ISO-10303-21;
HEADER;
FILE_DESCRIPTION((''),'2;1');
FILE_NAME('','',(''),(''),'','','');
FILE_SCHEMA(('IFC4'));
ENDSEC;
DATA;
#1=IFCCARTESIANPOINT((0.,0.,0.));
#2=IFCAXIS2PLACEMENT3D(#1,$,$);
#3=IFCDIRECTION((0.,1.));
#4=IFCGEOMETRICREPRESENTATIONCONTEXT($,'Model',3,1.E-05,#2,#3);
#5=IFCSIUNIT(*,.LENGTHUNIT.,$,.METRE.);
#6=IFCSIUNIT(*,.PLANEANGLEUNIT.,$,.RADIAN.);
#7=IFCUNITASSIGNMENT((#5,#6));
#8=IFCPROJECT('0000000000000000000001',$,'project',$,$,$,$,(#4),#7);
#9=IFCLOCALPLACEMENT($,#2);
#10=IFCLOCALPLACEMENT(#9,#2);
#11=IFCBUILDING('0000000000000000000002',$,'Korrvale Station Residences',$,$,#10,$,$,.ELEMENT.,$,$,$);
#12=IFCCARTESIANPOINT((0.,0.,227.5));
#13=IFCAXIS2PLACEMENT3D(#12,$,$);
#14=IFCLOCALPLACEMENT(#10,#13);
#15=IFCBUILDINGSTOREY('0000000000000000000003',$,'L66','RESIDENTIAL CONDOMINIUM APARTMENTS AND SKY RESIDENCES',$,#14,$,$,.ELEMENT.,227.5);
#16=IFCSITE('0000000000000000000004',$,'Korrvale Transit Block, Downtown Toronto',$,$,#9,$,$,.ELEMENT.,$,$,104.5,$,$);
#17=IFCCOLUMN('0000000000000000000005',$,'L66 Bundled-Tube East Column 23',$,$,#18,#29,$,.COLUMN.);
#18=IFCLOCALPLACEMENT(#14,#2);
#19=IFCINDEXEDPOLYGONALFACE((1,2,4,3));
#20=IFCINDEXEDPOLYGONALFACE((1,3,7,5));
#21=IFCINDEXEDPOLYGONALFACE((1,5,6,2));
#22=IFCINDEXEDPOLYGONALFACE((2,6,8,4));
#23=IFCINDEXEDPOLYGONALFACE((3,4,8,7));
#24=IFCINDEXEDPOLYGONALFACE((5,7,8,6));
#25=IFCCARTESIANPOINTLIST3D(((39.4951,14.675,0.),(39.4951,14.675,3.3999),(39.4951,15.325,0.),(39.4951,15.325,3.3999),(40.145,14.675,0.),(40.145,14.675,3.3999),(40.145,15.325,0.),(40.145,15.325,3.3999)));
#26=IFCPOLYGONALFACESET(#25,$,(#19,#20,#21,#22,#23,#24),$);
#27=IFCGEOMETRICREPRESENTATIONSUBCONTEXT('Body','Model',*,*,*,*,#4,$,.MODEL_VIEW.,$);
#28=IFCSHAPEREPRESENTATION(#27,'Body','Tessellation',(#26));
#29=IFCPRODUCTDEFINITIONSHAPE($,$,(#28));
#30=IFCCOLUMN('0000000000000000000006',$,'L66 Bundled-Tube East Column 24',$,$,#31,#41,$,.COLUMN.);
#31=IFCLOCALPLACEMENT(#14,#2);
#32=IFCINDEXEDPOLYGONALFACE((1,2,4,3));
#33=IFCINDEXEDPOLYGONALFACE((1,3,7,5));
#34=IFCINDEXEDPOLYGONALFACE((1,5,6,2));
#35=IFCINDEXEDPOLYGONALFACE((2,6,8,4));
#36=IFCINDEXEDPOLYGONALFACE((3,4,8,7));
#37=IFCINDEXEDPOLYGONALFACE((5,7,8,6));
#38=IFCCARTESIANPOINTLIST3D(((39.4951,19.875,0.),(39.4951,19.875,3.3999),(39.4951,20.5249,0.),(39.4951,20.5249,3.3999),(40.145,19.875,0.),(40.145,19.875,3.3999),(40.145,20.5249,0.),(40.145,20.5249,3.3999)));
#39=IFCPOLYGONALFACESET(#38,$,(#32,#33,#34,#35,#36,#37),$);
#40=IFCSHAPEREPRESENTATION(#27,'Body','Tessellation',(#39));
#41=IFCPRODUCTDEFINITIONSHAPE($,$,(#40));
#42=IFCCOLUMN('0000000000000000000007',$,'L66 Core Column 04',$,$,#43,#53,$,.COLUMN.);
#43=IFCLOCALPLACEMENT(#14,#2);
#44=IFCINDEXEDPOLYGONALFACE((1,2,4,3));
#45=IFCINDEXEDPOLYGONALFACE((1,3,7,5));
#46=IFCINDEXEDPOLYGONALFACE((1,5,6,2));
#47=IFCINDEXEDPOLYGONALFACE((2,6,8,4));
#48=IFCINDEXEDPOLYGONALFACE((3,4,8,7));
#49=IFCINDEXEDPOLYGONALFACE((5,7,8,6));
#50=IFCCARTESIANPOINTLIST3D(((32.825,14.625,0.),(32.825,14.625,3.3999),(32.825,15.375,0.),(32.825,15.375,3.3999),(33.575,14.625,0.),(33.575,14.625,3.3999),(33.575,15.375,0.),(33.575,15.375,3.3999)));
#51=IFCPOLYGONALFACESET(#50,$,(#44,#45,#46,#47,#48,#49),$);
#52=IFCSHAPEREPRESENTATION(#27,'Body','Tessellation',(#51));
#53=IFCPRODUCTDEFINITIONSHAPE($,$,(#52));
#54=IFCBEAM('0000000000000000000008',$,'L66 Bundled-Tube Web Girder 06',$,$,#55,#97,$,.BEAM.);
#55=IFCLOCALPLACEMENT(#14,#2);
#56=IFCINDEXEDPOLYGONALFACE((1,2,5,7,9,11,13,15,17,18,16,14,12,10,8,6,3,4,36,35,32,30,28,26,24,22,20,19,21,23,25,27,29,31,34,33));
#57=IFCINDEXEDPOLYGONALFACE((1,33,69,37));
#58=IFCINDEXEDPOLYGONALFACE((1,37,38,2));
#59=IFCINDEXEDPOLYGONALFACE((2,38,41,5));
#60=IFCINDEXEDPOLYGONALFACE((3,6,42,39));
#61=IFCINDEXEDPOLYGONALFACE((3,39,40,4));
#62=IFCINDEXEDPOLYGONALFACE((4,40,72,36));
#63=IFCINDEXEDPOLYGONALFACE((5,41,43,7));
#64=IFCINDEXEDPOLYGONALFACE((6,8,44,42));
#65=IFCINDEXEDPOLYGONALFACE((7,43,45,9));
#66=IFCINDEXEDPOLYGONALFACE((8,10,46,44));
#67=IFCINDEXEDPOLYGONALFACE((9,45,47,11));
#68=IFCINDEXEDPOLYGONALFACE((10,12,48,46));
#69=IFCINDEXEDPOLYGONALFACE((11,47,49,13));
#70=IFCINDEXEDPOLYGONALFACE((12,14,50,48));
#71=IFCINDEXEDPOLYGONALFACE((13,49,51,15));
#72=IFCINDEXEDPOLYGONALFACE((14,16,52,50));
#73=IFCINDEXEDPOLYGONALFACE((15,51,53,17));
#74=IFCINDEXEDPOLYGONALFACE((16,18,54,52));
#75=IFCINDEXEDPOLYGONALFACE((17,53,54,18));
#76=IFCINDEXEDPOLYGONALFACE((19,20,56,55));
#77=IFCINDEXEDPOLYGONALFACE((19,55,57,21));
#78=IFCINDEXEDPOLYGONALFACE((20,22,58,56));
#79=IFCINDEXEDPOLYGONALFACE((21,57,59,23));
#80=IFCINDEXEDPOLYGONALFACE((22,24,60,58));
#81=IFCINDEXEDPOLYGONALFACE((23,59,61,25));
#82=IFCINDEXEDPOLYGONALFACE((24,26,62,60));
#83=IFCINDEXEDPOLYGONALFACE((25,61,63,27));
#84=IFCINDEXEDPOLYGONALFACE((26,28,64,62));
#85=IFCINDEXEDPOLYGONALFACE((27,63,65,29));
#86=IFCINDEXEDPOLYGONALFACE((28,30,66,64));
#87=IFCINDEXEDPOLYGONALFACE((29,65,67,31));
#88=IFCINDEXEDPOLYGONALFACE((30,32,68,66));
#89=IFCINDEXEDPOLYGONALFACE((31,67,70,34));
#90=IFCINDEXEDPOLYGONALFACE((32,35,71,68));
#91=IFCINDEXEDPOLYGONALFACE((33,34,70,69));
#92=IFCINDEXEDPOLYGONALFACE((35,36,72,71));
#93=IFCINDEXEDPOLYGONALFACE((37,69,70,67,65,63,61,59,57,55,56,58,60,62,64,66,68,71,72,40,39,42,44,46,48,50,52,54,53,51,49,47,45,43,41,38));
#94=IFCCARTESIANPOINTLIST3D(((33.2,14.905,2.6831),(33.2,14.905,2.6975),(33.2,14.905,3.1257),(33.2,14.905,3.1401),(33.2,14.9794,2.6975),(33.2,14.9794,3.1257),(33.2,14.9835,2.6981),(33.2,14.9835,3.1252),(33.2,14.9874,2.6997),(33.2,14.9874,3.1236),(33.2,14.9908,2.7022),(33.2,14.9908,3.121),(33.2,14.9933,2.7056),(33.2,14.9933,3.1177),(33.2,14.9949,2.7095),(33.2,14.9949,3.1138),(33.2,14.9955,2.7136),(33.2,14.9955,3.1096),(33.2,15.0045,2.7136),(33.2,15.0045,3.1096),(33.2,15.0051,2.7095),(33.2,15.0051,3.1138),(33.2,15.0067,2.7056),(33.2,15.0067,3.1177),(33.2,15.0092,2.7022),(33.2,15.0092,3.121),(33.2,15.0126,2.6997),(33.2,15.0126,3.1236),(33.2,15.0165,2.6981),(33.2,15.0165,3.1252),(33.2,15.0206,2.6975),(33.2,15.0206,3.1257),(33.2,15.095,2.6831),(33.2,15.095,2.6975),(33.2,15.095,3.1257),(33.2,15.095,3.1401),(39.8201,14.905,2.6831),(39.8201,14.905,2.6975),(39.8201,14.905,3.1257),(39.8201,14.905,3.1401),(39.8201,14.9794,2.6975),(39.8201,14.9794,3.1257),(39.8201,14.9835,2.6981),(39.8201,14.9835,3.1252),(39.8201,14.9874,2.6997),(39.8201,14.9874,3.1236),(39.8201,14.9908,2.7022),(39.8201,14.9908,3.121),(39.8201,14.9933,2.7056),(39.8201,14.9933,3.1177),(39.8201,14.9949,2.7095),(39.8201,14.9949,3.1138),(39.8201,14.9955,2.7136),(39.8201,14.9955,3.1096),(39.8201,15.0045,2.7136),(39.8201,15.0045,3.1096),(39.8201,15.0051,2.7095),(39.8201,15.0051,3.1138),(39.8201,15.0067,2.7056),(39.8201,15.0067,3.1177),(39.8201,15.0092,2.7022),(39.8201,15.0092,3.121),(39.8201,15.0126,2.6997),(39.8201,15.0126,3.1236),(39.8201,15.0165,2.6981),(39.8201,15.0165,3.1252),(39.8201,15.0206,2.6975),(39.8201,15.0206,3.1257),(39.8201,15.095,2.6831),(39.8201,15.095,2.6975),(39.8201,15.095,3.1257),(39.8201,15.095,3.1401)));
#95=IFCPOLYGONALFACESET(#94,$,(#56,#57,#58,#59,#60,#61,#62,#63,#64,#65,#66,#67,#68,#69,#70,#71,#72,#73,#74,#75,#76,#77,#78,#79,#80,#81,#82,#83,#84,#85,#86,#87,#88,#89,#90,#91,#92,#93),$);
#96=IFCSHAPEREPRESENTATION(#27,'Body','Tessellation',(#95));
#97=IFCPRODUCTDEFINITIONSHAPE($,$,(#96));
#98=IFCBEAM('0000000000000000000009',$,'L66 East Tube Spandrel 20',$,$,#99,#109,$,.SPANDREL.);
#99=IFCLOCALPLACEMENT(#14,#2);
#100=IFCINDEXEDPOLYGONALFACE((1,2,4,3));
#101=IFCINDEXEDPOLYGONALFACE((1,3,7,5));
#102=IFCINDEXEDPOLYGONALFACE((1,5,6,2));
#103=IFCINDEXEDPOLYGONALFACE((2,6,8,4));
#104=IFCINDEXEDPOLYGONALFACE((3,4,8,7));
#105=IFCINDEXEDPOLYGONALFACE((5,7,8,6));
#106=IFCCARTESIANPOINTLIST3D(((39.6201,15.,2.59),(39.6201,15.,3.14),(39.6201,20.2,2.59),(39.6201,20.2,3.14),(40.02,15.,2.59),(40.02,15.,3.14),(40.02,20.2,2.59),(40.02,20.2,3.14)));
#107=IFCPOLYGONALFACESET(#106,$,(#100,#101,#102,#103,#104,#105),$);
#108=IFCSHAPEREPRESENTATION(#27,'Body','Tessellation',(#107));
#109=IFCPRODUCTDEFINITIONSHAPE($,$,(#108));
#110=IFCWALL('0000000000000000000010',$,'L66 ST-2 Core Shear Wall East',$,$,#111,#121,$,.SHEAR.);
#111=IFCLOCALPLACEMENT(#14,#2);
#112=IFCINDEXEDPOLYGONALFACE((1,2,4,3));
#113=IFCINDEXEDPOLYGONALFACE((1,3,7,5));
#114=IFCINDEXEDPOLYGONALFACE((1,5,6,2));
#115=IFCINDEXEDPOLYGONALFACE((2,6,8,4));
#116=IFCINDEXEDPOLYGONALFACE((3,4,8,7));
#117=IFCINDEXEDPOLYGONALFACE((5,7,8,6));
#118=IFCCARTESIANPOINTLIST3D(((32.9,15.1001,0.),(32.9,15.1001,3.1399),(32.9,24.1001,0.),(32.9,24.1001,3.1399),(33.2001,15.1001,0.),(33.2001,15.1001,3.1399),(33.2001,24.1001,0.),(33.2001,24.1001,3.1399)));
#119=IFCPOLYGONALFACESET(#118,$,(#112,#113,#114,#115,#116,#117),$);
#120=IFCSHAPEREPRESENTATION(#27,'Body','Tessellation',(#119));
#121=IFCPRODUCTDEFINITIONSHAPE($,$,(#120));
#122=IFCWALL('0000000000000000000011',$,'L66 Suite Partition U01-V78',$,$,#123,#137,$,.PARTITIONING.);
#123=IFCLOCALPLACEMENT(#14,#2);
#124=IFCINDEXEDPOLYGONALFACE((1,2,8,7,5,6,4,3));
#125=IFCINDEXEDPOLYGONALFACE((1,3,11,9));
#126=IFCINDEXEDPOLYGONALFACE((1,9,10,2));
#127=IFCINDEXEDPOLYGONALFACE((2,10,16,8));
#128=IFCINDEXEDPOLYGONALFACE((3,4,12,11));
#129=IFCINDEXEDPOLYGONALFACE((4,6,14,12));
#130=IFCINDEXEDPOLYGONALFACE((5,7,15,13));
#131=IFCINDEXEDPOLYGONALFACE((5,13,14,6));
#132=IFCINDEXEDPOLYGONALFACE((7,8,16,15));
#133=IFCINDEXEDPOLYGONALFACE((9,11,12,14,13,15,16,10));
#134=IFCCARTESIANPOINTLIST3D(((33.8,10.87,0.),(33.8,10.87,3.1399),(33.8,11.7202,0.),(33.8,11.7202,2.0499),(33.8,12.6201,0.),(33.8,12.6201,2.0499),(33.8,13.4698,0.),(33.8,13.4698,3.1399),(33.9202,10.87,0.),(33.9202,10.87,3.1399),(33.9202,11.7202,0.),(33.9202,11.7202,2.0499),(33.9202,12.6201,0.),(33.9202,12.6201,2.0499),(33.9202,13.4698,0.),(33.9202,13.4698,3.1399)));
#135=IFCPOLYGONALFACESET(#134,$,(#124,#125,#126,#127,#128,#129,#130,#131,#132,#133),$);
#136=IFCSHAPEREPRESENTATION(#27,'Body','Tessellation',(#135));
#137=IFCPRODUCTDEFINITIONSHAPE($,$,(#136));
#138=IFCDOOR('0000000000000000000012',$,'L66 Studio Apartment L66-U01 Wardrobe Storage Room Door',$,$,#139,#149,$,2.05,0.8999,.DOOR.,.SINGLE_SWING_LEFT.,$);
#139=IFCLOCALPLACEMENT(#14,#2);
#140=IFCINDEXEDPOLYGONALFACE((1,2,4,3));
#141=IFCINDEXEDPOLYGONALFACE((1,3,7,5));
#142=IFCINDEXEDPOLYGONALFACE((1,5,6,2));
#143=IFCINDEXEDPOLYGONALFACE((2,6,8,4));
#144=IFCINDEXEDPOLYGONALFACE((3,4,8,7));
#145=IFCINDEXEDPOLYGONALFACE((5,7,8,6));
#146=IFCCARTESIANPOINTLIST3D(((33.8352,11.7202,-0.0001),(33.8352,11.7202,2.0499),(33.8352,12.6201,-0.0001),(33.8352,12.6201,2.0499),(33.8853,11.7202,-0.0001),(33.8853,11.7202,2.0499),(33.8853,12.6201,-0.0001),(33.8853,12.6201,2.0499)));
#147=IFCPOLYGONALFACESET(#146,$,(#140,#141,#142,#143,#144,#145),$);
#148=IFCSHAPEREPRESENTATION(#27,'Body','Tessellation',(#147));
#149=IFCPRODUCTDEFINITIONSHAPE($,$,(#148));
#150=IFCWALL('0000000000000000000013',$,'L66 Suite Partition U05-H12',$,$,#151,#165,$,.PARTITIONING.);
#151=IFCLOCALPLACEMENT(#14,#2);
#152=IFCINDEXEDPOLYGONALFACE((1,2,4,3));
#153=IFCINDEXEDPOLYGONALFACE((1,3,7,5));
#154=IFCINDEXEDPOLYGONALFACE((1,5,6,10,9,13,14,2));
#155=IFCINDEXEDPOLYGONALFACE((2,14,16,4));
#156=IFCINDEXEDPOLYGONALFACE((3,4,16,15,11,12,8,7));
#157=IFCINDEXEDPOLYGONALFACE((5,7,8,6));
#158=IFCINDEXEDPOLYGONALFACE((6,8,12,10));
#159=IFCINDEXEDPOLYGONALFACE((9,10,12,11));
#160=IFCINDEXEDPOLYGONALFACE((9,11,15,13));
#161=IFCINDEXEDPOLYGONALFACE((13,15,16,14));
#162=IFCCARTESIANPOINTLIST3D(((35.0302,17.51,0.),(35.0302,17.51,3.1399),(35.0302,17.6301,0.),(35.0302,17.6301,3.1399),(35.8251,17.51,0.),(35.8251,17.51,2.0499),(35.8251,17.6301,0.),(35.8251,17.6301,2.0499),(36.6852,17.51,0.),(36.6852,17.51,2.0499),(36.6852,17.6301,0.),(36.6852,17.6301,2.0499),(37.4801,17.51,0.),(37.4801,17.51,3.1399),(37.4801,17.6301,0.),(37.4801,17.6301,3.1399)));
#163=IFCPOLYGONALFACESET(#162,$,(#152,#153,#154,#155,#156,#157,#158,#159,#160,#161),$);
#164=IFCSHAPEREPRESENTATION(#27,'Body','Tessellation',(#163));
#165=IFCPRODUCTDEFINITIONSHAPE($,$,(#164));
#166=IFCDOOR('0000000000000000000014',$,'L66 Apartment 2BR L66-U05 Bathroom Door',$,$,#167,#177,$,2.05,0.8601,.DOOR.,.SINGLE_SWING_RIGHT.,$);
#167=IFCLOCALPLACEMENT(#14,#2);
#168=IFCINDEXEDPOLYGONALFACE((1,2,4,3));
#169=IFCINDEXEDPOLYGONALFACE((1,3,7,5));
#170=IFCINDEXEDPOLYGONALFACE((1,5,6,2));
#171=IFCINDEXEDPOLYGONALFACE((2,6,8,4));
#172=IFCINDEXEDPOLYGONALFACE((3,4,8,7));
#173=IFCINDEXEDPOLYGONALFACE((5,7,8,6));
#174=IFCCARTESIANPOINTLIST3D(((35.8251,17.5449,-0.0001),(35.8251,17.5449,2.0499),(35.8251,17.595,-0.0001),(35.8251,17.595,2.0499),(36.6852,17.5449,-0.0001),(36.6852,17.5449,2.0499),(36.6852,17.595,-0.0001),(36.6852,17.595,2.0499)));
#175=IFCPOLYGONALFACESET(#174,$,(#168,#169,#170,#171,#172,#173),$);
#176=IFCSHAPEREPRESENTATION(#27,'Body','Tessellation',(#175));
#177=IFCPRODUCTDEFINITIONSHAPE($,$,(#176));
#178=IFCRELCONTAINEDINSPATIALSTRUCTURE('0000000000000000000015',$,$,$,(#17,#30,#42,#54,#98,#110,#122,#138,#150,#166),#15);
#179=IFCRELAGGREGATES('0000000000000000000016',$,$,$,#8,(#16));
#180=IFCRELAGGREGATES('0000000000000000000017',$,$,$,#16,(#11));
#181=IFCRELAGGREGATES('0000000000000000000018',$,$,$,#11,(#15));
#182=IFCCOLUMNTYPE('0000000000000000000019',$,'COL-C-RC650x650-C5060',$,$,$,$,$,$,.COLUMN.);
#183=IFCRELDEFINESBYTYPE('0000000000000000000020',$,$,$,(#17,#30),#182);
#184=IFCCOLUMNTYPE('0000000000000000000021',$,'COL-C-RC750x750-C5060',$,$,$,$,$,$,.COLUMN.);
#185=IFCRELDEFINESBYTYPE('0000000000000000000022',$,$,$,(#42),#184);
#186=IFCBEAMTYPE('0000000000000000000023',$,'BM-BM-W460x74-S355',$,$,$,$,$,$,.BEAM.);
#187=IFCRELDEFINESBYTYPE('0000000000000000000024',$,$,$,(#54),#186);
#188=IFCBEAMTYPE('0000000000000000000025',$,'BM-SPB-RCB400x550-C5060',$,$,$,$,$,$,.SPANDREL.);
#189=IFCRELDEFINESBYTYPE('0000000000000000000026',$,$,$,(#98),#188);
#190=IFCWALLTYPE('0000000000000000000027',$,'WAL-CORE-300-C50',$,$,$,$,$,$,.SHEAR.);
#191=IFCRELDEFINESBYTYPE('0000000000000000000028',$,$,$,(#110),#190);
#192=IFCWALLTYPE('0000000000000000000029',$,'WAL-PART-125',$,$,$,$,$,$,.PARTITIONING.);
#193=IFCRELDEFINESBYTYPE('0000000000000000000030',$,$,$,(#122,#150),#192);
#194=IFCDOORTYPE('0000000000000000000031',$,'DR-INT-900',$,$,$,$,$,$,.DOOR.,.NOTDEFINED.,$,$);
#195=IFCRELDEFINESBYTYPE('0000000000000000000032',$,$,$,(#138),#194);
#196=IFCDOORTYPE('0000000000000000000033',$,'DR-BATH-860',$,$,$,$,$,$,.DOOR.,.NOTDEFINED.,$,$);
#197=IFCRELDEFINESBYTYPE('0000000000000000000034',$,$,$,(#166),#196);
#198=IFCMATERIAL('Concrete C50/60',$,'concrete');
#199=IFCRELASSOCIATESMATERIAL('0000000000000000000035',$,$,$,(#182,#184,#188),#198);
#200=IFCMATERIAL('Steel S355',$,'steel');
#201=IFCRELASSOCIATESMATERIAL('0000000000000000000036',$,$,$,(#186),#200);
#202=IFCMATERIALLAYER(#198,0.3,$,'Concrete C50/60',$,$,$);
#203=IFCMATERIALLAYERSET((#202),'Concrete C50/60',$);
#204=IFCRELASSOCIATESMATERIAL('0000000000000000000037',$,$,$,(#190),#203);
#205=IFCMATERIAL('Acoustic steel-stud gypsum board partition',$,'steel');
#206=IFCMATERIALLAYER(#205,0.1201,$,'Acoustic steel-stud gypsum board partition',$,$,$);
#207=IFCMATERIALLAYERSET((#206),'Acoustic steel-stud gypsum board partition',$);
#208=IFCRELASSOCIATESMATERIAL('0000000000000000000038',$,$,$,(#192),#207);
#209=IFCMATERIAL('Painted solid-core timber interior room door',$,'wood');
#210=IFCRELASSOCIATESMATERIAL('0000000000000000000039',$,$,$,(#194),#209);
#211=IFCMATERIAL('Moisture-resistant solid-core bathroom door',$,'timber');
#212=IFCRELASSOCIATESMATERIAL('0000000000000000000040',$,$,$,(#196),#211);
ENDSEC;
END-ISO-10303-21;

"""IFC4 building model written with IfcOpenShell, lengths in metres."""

from ifc_helpers import new_model, si_unit, direction, frame, frame_2d, origin, origin_2d, place, context, subcontext, project, spatial, rectangle, i_section, extrude, material, layer, layer_set, material_profile, profile_set, type_object, element, fill, save


model = new_model("IFC4")

# Units and contexts
model_context = context("Model", 3, precision=1e-05, world=origin(), true_north=direction((0.0, 1.0)))
body_context = subcontext(model_context, "Body", "Model", "MODEL_VIEW")
ifc_project = project(units=[si_unit("LENGTHUNIT", "METRE"), si_unit("PLANEANGLEUNIT", "RADIAN")], contexts=[model_context])

# Site, building, storey
site_placement = place(None, origin())
site = spatial("IfcSite", under=ifc_project, at=site_placement, Name="Korrvale Transit Block, Downtown Toronto", CompositionType="ELEMENT", RefElevation=104.5)
building_placement = place(site_placement, origin())
building = spatial("IfcBuilding", under=site, at=building_placement, Name="Korrvale Station Residences", CompositionType="ELEMENT")
storey_placement = place(building_placement, frame((0.0, 0.0, 227.5)))
storey = spatial("IfcBuildingStorey", under=building, at=storey_placement, Name="L66", Description="RESIDENTIAL CONDOMINIUM APARTMENTS AND SKY RESIDENCES", CompositionType="ELEMENT", Elevation=227.5)

# Columns
ifc_material_1 = material(Name="Concrete C50/60", Category="concrete")
ifc_material_profile_1 = material_profile(ifc_material_1, rectangle(XDim=0.6499, YDim=0.6499, at=origin_2d()), Name="RC650x650")
ifc_profile_set_1 = profile_set([ifc_material_profile_1], Name="Concrete C50/60")
column_type_1 = type_object("IfcColumnType", Name="COL-C-RC650x650-C5060", PredefinedType="COLUMN", material=ifc_profile_set_1)
for number, where, z_axis, x_axis, name in (
    (1, (39.8201, 15.0, 0.0), (0.0, 0.0, 1.0), (1.0, 0.0, 0.0), "L66 Bundled-Tube East Column 23"),
    (2, (39.8201, 20.2, 0.0), (0.0, 0.0, 1.0), (1.0, 0.0, 0.0), "L66 Bundled-Tube East Column 24"),
):
    element("IfcColumn", number, at=place(storey_placement, frame(where, z_axis=z_axis, x_axis=x_axis)), inside=storey, type_object=column_type_1, Name=name, PredefinedType="COLUMN", context=body_context, shape_type="SweptSolid", body=[
        extrude(rectangle(XDim=0.6499, YDim=0.6499, at=origin_2d()), origin(), (0.0, 0.0, 1.0), 3.3999),
    ])
ifc_material_profile_2 = material_profile(ifc_material_1, rectangle(XDim=0.75, YDim=0.75, at=origin_2d()), Name="RC750x750")
ifc_profile_set_2 = profile_set([ifc_material_profile_2], Name="Concrete C50/60")
column_type_2 = type_object("IfcColumnType", Name="COL-C-RC750x750-C5060", PredefinedType="COLUMN", material=ifc_profile_set_2)
column_placement = place(storey_placement, frame((33.2, 15.0, 0.0), z_axis=(0.0, 0.0, 1.0), x_axis=(1.0, 0.0, 0.0)))
element("IfcColumn", 3, at=column_placement, inside=storey, type_object=column_type_2, Name="L66 Core Column 04", PredefinedType="COLUMN", context=body_context, shape_type="SweptSolid", body=[
    extrude(rectangle(XDim=0.75, YDim=0.75, at=origin_2d()), origin(), (0.0, 0.0, 1.0), 3.3999),
])

# Beams
ifc_material_2 = material(Name="Steel S355", Category="steel")
ifc_material_profile_3 = material_profile(ifc_material_2, i_section(OverallWidth=0.1899, OverallDepth=0.457, WebThickness=0.009, FlangeThickness=0.0144, FilletRadius=0.0161, at=origin_2d()), Name="W460x74")
ifc_profile_set_3 = profile_set([ifc_material_profile_3], Name="Steel S355")
beam_type_1 = type_object("IfcBeamType", Name="BM-BM-W460x74-S355", PredefinedType="BEAM", material=ifc_profile_set_3)
beam_1_placement = place(storey_placement, frame((33.2, 15.0, 2.9116), z_axis=(1.0, 0.0, 0.0), x_axis=(0.0, 1.0, 0.0)))
element("IfcBeam", 4, at=beam_1_placement, inside=storey, type_object=beam_type_1, Name="L66 Bundled-Tube Web Girder 06", PredefinedType="BEAM", context=body_context, shape_type="SweptSolid", body=[
    extrude(i_section(OverallWidth=0.1899, OverallDepth=0.457, WebThickness=0.009, FlangeThickness=0.0144, FilletRadius=0.0161, at=origin_2d()), origin(), (0.0, 0.0, 1.0), 6.6201),
])
ifc_material_profile_4 = material_profile(ifc_material_1, rectangle(XDim=0.3999, YDim=0.55, at=origin_2d()), Name="RCB400x550")
ifc_profile_set_4 = profile_set([ifc_material_profile_4], Name="Concrete C50/60")
beam_type_2 = type_object("IfcBeamType", Name="BM-SPB-RCB400x550-C5060", PredefinedType="SPANDREL", material=ifc_profile_set_4)
beam_2_placement = place(storey_placement, frame((39.8201, 15.0, 2.865), z_axis=(0.0, 1.0, 0.0), x_axis=(-1.0, 0.0, 0.0)))
element("IfcBeam", 5, at=beam_2_placement, inside=storey, type_object=beam_type_2, Name="L66 East Tube Spandrel 20", PredefinedType="SPANDREL", context=body_context, shape_type="SweptSolid", body=[
    extrude(rectangle(XDim=0.3999, YDim=0.55, at=origin_2d()), origin(), (0.0, 0.0, 1.0), 5.2),
])

# Wall
ifc_layer_1 = layer(ifc_material_1, 0.3, Name="Concrete C50/60")
ifc_layer_set_1 = layer_set([ifc_layer_1], Name="Concrete C50/60")
wall_type_1 = type_object("IfcWallType", Name="WAL-CORE-300-C50", PredefinedType="SHEAR", material=ifc_layer_set_1)
wall_1_placement = place(storey_placement, frame((33.05, 15.1001, 0.0), z_axis=(0.0, 0.0, 1.0), x_axis=(0.0, 1.0, 0.0)))
element("IfcWall", 6, at=wall_1_placement, inside=storey, type_object=wall_type_1, Name="L66 ST-2 Core Shear Wall East", PredefinedType="SHEAR", context=body_context, shape_type="SweptSolid", body=[
    extrude(rectangle(XDim=9.0, YDim=0.3, at=frame_2d((4.5, 0.0))), origin(), (0.0, 0.0, 1.0), 3.1399),
])

# Walls, openings, doors
ifc_material_3 = material(Name="Acoustic steel-stud gypsum board partition", Category="steel")
ifc_layer_2 = layer(ifc_material_3, 0.1201, Name="Acoustic steel-stud gypsum board partition")
ifc_layer_set_2 = layer_set([ifc_layer_2], Name="Acoustic steel-stud gypsum board partition")
wall_type_2 = type_object("IfcWallType", Name="WAL-PART-125", PredefinedType="PARTITIONING", material=ifc_layer_set_2)
wall_2_placement = place(storey_placement, frame((33.8601, 10.8701, 0.0), z_axis=(0.0, 0.0, 1.0), x_axis=(0.0, 1.0, 0.0)))
wall_2 = element("IfcWall", 7, at=wall_2_placement, inside=storey, type_object=wall_type_2, Name="L66 Suite Partition U01-V78", PredefinedType="PARTITIONING", context=body_context, shape_type="SweptSolid", body=[
    extrude(rectangle(XDim=2.5999, YDim=0.1201, at=frame_2d((1.2998, 0.0))), origin(), (0.0, 0.0, 1.0), 3.1399),
])
opening_1_placement = place(wall_2_placement, frame((0.8501, 0.0, 0.0)))
opening_1 = element("IfcOpeningElement", 8, at=opening_1_placement, cuts=wall_2, PredefinedType="OPENING", context=body_context, shape_type="SweptSolid", body=[
    extrude(rectangle(XDim=0.8999, YDim=2.05, at=frame_2d((0.45, 1.0249))), frame((0.0, 0.0701, 0.0), z_axis=(0.0, -1.0, 0.0), x_axis=(1.0, 0.0, 0.0)), (0.0, 0.0, 1.0), 0.1401),
])
ifc_material_4 = material(Name="Painted solid-core timber interior room door", Category="wood")
door_type_1 = type_object("IfcDoorType", Name="DR-INT-900", OperationType="NOTDEFINED", PredefinedType="DOOR", material=ifc_material_4)
door_1_placement = place(opening_1_placement, origin())
door_1 = element("IfcDoor", 9, at=door_1_placement, inside=storey, type_object=door_type_1, Name="L66 Studio Apartment L66-U01 Wardrobe Storage Room Door", OperationType="SINGLE_SWING_LEFT", OverallHeight=2.05, OverallWidth=0.8999, PredefinedType="DOOR", context=body_context, shape_type="SweptSolid", body=[
    extrude(rectangle(XDim=0.8999, YDim=2.05, at=frame_2d((0.45, 1.0249))), frame((0.0, 0.0249, 0.0), z_axis=(0.0, -1.0, 0.0), x_axis=(1.0, 0.0, 0.0)), (0.0, 0.0, 1.0), 0.05),
])
fill(opening_1, door_1)
wall_3_placement = place(storey_placement, frame((35.03, 17.5701, 0.0), z_axis=(0.0, 0.0, 1.0), x_axis=(1.0, 0.0, 0.0)))
wall_3 = element("IfcWall", 10, at=wall_3_placement, inside=storey, type_object=wall_type_2, Name="L66 Suite Partition U05-H12", PredefinedType="PARTITIONING", context=body_context, shape_type="SweptSolid", body=[
    extrude(rectangle(XDim=2.45, YDim=0.1201, at=frame_2d((1.2251, 0.0))), origin(), (0.0, 0.0, 1.0), 3.1399),
])
opening_2_placement = place(wall_3_placement, frame((0.7949, 0.0, 0.0)))
opening_2 = element("IfcOpeningElement", 11, at=opening_2_placement, cuts=wall_3, PredefinedType="OPENING", context=body_context, shape_type="SweptSolid", body=[
    extrude(rectangle(XDim=0.8601, YDim=2.05, at=frame_2d((0.4302, 1.0249))), frame((0.0, 0.0701, 0.0), z_axis=(0.0, -1.0, 0.0), x_axis=(1.0, 0.0, 0.0)), (0.0, 0.0, 1.0), 0.1401),
])
ifc_material_5 = material(Name="Moisture-resistant solid-core bathroom door", Category="timber")
door_type_2 = type_object("IfcDoorType", Name="DR-BATH-860", OperationType="NOTDEFINED", PredefinedType="DOOR", material=ifc_material_5)
door_2_placement = place(opening_2_placement, origin())
door_2 = element("IfcDoor", 12, at=door_2_placement, inside=storey, type_object=door_type_2, Name="L66 Apartment 2BR L66-U05 Bathroom Door", OperationType="SINGLE_SWING_RIGHT", OverallHeight=2.05, OverallWidth=0.8601, PredefinedType="DOOR", context=body_context, shape_type="SweptSolid", body=[
    extrude(rectangle(XDim=0.8601, YDim=2.05, at=frame_2d((0.4302, 1.0249))), frame((0.0, 0.0249, 0.0), z_axis=(0.0, -1.0, 0.0), x_axis=(1.0, 0.0, 0.0)), (0.0, 0.0, 1.0), 0.05),
])
fill(opening_2, door_2)

save(model, "model.ifc")
